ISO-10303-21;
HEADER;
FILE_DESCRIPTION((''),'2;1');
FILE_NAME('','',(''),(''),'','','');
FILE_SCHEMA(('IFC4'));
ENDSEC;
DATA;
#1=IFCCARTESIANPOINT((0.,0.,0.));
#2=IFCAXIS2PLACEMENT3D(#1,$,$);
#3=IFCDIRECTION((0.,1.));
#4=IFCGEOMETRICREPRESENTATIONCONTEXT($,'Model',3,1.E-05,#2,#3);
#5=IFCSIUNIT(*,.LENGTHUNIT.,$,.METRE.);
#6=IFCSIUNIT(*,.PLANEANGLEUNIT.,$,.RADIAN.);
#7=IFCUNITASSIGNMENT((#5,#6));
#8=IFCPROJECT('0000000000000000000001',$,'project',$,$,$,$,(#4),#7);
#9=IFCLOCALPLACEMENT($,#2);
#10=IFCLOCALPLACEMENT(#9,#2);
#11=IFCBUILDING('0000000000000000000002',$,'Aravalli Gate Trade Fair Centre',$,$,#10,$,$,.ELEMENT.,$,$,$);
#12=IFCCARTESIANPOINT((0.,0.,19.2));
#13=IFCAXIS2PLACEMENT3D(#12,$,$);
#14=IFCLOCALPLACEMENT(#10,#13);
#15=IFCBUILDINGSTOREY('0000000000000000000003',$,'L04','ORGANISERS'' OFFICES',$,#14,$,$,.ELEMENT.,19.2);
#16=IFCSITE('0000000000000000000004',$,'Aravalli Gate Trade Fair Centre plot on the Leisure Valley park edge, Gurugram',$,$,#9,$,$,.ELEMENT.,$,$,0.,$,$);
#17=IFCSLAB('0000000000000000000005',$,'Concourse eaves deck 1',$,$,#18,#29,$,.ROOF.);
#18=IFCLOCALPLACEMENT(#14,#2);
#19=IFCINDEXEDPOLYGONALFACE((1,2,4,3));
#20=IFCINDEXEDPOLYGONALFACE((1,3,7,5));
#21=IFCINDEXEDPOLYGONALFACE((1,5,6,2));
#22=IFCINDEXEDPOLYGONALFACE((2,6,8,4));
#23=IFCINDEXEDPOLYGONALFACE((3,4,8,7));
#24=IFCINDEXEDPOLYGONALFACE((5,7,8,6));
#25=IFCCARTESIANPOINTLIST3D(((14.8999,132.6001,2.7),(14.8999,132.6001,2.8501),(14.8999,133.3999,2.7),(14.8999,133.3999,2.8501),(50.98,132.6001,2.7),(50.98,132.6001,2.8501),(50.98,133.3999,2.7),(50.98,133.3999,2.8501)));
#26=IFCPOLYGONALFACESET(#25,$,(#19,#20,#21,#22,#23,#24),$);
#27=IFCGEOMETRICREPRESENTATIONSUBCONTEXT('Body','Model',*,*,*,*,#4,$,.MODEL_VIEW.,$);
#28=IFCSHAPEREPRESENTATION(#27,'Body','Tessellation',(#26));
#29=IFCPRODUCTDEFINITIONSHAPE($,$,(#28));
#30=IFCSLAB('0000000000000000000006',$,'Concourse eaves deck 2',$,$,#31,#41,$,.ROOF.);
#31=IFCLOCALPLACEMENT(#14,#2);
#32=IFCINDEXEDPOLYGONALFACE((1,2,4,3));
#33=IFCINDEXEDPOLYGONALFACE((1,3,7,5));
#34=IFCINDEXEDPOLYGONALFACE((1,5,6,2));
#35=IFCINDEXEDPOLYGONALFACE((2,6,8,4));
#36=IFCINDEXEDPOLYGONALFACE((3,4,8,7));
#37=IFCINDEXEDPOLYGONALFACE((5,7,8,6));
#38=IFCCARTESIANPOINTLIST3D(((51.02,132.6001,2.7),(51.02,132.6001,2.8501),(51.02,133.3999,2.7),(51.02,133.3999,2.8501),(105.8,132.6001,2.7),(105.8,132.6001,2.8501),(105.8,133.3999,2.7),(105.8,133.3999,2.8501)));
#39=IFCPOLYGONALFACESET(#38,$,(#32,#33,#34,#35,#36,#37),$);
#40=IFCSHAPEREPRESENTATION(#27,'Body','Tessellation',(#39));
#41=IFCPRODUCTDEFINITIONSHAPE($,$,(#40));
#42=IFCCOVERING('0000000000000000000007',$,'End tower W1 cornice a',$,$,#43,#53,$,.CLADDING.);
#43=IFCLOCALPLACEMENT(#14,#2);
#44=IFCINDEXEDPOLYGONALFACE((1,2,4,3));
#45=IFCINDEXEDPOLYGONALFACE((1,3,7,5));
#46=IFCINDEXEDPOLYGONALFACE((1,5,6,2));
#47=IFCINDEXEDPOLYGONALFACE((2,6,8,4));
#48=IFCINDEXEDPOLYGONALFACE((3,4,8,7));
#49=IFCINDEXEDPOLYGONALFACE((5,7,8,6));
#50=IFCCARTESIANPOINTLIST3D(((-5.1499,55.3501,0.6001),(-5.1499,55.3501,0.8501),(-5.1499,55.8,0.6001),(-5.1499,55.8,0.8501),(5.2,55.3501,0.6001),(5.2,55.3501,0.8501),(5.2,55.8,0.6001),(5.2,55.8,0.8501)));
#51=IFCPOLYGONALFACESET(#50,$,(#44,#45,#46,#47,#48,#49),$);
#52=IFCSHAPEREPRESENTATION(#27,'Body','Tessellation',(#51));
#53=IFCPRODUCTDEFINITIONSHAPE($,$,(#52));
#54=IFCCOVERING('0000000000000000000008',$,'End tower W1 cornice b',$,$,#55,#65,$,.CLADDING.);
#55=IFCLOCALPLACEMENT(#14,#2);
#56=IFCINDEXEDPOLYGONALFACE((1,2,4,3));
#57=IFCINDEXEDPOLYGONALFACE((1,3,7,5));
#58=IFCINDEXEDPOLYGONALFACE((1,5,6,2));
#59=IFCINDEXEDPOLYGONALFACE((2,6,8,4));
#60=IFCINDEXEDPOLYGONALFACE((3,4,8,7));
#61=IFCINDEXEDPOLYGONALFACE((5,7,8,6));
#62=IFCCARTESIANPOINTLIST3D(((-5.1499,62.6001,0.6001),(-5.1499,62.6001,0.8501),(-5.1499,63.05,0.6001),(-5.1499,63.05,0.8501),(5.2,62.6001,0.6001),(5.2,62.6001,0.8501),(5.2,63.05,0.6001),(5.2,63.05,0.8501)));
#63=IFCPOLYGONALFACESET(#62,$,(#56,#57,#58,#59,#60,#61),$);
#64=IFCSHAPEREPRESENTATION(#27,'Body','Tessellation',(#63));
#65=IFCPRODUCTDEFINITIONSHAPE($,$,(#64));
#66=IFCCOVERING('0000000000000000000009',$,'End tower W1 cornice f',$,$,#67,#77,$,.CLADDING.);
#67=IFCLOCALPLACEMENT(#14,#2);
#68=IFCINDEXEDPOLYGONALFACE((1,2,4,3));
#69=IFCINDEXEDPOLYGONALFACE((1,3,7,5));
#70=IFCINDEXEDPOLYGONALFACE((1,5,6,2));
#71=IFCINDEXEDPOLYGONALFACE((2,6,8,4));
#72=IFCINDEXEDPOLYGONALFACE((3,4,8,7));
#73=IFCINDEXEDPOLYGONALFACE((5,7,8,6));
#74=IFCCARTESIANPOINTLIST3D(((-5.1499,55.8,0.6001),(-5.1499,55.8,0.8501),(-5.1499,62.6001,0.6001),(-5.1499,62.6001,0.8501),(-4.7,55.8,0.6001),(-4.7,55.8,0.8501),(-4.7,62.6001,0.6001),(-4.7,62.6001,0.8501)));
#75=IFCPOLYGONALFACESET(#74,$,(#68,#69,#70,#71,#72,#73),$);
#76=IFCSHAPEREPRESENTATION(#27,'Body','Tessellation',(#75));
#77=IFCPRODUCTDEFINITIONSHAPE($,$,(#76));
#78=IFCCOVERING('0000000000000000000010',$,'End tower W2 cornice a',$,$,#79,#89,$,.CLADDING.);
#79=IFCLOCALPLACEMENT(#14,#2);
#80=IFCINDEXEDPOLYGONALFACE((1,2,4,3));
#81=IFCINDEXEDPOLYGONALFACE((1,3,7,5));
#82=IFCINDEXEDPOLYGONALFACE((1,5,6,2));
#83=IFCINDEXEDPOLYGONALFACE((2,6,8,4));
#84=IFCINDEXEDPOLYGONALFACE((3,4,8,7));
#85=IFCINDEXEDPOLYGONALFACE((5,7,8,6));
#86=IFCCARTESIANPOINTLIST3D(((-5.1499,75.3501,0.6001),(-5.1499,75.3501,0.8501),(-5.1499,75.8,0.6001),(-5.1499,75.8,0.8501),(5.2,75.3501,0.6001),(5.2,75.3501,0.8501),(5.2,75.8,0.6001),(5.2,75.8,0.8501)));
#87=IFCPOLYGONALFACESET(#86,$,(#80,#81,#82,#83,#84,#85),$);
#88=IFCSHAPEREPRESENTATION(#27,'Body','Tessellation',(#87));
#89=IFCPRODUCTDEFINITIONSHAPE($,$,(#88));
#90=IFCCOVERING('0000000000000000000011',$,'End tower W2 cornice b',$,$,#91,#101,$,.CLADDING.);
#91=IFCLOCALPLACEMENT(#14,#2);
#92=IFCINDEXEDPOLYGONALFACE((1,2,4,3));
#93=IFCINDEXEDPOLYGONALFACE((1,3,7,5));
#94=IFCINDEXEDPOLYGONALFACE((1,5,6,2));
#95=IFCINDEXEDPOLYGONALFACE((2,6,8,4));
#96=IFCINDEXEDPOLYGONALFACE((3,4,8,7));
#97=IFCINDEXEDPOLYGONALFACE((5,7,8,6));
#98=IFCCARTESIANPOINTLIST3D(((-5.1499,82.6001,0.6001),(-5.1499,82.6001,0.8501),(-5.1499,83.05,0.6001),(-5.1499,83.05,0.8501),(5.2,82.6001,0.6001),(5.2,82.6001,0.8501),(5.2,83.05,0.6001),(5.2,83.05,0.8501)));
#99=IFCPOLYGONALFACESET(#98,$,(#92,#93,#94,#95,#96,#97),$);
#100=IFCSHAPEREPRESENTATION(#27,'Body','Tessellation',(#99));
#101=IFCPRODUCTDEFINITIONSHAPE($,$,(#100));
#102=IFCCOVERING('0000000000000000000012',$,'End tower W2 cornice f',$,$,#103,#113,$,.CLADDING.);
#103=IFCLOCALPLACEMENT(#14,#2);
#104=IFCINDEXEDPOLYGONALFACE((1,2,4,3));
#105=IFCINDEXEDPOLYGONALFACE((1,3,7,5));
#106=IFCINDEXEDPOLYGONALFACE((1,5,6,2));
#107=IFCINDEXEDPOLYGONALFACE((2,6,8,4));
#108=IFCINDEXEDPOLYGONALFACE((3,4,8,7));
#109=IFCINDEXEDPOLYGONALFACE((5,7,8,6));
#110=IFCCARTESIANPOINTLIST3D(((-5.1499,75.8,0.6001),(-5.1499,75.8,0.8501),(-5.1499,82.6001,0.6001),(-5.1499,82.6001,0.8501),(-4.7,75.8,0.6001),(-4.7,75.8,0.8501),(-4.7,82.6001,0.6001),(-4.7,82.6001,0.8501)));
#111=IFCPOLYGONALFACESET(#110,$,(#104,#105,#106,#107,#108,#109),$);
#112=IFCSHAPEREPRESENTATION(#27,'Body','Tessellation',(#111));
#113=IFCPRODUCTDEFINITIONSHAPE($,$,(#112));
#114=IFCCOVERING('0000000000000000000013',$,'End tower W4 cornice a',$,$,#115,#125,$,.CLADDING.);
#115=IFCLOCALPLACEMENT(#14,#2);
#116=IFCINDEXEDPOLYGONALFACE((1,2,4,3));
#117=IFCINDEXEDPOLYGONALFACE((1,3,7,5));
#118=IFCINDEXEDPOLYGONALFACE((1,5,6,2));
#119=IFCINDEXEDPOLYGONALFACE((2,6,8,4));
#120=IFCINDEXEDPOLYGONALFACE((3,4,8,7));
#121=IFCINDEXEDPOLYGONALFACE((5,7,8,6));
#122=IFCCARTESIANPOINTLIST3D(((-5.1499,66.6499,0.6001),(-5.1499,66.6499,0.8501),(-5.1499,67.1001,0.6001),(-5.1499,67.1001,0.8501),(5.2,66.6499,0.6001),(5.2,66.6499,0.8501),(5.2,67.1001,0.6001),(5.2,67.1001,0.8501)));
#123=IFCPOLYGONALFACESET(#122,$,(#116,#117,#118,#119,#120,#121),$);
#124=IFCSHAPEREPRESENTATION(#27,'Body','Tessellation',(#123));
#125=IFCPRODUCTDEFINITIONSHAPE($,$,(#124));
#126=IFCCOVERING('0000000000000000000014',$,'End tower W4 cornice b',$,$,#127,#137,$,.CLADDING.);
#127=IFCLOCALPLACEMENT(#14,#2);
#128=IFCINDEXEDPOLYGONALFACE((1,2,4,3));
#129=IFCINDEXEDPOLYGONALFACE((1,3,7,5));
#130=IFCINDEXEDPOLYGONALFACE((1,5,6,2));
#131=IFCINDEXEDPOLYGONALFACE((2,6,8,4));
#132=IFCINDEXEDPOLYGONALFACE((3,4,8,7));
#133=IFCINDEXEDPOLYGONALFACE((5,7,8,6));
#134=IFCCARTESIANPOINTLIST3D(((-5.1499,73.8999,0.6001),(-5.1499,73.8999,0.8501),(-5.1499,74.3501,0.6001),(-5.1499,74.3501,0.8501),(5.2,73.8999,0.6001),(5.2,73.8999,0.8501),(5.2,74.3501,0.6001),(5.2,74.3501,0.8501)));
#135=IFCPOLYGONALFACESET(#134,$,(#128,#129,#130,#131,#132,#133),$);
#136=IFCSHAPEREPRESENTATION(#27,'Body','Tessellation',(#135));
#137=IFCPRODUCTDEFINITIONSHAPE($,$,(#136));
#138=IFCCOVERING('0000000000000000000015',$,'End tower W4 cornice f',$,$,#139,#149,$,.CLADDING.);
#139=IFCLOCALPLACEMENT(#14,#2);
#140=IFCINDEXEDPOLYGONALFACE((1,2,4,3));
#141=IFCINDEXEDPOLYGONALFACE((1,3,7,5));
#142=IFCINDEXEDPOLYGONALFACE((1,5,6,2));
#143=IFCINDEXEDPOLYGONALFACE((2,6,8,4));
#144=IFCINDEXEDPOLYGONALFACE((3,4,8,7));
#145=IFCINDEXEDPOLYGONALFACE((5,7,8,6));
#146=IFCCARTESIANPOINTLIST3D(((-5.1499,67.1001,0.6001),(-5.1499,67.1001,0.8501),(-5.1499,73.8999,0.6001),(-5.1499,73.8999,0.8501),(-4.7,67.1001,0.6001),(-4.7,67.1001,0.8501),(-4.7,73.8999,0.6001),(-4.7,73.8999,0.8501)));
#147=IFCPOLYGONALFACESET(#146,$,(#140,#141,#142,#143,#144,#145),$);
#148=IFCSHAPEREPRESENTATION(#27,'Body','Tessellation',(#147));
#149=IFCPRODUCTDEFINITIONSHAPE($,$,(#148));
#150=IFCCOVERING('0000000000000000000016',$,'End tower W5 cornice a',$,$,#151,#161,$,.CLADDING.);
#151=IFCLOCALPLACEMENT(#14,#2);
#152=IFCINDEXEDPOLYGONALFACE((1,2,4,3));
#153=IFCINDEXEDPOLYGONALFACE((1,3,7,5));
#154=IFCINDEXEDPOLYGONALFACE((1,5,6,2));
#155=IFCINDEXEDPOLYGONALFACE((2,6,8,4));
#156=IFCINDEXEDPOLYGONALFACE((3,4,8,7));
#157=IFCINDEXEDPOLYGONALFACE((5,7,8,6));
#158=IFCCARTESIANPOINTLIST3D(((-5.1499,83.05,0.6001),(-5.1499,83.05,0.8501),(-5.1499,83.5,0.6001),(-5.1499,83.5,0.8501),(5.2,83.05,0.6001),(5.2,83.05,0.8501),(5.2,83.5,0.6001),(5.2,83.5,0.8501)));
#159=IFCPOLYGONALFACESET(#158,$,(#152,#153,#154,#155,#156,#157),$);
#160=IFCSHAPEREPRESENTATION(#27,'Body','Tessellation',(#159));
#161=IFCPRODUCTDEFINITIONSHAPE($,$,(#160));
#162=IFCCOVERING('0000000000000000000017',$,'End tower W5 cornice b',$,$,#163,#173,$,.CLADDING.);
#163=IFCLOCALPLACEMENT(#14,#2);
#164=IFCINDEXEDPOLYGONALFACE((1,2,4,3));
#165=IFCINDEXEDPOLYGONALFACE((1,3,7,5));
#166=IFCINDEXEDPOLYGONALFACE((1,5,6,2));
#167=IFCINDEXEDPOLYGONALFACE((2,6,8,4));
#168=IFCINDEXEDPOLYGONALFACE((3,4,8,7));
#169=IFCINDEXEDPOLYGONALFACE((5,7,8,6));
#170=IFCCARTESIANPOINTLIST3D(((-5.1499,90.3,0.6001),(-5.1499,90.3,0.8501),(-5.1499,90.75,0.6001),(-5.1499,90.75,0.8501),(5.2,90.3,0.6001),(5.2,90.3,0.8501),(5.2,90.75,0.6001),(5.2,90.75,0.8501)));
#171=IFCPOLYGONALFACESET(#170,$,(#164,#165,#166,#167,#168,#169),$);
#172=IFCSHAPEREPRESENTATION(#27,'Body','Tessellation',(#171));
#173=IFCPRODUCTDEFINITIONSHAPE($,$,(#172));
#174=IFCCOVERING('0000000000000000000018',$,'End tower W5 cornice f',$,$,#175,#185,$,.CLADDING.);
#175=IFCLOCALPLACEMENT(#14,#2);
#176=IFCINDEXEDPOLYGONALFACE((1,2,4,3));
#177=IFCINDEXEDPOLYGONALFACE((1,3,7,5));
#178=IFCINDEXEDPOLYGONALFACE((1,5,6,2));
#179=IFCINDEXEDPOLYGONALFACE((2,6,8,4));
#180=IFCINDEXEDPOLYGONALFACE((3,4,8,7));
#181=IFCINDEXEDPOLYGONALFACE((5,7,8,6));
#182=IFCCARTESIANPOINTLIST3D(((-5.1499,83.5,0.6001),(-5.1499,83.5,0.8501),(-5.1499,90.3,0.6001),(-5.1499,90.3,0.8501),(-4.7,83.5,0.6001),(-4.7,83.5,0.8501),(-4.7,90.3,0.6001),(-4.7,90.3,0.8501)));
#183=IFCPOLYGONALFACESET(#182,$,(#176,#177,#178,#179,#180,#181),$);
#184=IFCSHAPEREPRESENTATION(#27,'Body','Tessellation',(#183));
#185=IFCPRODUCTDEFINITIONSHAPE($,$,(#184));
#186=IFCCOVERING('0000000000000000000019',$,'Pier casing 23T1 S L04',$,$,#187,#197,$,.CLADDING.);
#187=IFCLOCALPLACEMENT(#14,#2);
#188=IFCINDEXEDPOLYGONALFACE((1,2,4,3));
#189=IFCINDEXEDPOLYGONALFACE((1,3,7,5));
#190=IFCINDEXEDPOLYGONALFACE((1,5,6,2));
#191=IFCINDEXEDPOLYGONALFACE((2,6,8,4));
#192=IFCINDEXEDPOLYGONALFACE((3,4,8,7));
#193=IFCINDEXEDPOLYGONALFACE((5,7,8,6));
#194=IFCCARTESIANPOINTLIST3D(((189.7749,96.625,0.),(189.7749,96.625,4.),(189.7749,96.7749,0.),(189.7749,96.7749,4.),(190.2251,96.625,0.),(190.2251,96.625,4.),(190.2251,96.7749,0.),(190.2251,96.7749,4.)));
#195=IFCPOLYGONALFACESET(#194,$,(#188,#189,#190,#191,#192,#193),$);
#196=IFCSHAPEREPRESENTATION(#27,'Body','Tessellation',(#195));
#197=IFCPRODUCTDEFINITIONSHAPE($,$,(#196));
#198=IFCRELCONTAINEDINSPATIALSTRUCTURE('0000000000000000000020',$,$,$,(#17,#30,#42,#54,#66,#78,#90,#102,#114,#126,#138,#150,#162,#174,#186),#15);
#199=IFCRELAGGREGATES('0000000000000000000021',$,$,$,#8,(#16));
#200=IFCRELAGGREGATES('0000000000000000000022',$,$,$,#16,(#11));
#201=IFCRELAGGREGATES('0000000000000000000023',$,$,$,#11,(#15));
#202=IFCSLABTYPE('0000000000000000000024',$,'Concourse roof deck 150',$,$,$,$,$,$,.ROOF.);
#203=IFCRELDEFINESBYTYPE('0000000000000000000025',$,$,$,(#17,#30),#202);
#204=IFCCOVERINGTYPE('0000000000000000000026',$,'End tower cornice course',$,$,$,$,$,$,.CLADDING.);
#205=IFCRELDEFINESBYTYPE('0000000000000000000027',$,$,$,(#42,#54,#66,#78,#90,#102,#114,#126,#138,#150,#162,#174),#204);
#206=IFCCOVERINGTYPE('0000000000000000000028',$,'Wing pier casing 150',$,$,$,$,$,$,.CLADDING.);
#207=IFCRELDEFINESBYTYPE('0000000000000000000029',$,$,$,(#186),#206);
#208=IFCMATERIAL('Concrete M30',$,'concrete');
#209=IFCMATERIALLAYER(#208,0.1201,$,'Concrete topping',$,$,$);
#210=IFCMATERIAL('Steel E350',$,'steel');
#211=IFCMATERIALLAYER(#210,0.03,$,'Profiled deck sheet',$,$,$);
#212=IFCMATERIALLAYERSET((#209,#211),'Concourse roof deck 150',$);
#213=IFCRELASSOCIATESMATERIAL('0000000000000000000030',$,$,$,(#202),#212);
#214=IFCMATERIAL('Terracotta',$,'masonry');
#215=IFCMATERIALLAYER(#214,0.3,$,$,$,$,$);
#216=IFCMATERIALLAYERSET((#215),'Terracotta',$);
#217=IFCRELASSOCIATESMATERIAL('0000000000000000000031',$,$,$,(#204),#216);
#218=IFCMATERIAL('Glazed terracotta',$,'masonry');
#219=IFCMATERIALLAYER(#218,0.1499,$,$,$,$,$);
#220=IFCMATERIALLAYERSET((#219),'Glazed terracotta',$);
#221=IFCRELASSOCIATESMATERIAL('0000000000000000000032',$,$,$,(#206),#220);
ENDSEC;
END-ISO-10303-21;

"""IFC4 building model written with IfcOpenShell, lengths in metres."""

from ifc_helpers import new_model, si_unit, direction, frame, origin, place, context, subcontext, project, spatial, polyline, outline, extrude, material, layer, layer_set, type_object, element, save


model = new_model("IFC4")

# Units and contexts
model_context = context("Model", 3, precision=1e-05, world=origin(), true_north=direction((0.0, 1.0)))
body_context = subcontext(model_context, "Body", "Model", "MODEL_VIEW")
ifc_project = project(units=[si_unit("LENGTHUNIT", "METRE"), si_unit("PLANEANGLEUNIT", "RADIAN")], contexts=[model_context])

# Site, building, storey
site_placement = place(None, origin())
site = spatial("IfcSite", under=ifc_project, at=site_placement, Name="Aravalli Gate Trade Fair Centre plot on the Leisure Valley park edge, Gurugram", CompositionType="ELEMENT", RefElevation=0.0)
building_placement = place(site_placement, origin())
building = spatial("IfcBuilding", under=site, at=building_placement, Name="Aravalli Gate Trade Fair Centre", CompositionType="ELEMENT")
storey_placement = place(building_placement, frame((0.0, 0.0, 19.2)))
storey = spatial("IfcBuildingStorey", under=building, at=storey_placement, Name="L04", Description="ORGANISERS' OFFICES", CompositionType="ELEMENT", Elevation=19.2)

# Slabs
ifc_material_1 = material(Name="Concrete M30", Category="concrete")
ifc_layer_1 = layer(ifc_material_1, 0.1201, Name="Concrete topping")
ifc_material_2 = material(Name="Steel E350", Category="steel")
ifc_layer_2 = layer(ifc_material_2, 0.03, Name="Profiled deck sheet")
ifc_layer_set_1 = layer_set([ifc_layer_1, ifc_layer_2], Name="Concourse roof deck 150")
slab_type = type_object("IfcSlabType", Name="Concourse roof deck 150", PredefinedType="ROOF", material=ifc_layer_set_1)
slab_1_placement = place(storey_placement, frame((0.0, 0.0, 2.7)))
element("IfcSlab", 1, at=slab_1_placement, inside=storey, type_object=slab_type, Name="Concourse eaves deck 1", PredefinedType="ROOF", context=body_context, shape_type="SweptSolid", body=[
    extrude(outline(polyline([(14.8999, 132.6001), (50.98, 132.6001), (50.98, 133.3999), (14.8999, 133.3999), (14.8999, 132.6001)])), origin(), (0.0, 0.0, 1.0), 0.1501),
])
slab_2_placement = place(storey_placement, frame((0.0, 0.0, 2.7)))
element("IfcSlab", 2, at=slab_2_placement, inside=storey, type_object=slab_type, Name="Concourse eaves deck 2", PredefinedType="ROOF", context=body_context, shape_type="SweptSolid", body=[
    extrude(outline(polyline([(105.8, 133.3999), (51.02, 133.3999), (51.02, 132.6001), (105.8, 132.6001), (105.8, 133.3999)])), origin(), (0.0, 0.0, 1.0), 0.1501),
])

# Coverings
ifc_material_3 = material(Name="Terracotta", Category="masonry")
ifc_layer_3 = layer(ifc_material_3, 0.3)
ifc_layer_set_2 = layer_set([ifc_layer_3], Name="Terracotta")
covering_type_1 = type_object("IfcCoveringType", Name="End tower cornice course", PredefinedType="CLADDING", material=ifc_layer_set_2)
covering_1_placement = place(storey_placement, frame((0.0, 0.0, 0.6001)))
element("IfcCovering", 3, at=covering_1_placement, inside=storey, type_object=covering_type_1, Name="End tower W1 cornice a", PredefinedType="CLADDING", context=body_context, shape_type="SweptSolid", body=[
    extrude(outline(polyline([(5.2, 55.3501), (-5.1499, 55.3501), (-5.1499, 55.8), (5.2, 55.8), (5.2, 55.3501)])), origin(), (0.0, 0.0, 1.0), 0.25),
])
covering_2_placement = place(storey_placement, frame((0.0, 0.0, 0.6001)))
element("IfcCovering", 4, at=covering_2_placement, inside=storey, type_object=covering_type_1, Name="End tower W1 cornice b", PredefinedType="CLADDING", context=body_context, shape_type="SweptSolid", body=[
    extrude(outline(polyline([(5.2, 62.6001), (-5.1499, 62.6001), (-5.1499, 63.05), (5.2, 63.05), (5.2, 62.6001)])), origin(), (0.0, 0.0, 1.0), 0.25),
])
covering_3_placement = place(storey_placement, frame((0.0, 0.0, 0.6001)))
element("IfcCovering", 5, at=covering_3_placement, inside=storey, type_object=covering_type_1, Name="End tower W1 cornice f", PredefinedType="CLADDING", context=body_context, shape_type="SweptSolid", body=[
    extrude(outline(polyline([(-4.7, 55.8), (-5.1499, 55.8), (-5.1499, 62.6001), (-4.7, 62.6001), (-4.7, 55.8)])), origin(), (0.0, 0.0, 1.0), 0.25),
])
covering_4_placement = place(storey_placement, frame((0.0, 0.0, 0.6001)))
element("IfcCovering", 6, at=covering_4_placement, inside=storey, type_object=covering_type_1, Name="End tower W2 cornice a", PredefinedType="CLADDING", context=body_context, shape_type="SweptSolid", body=[
    extrude(outline(polyline([(5.2, 75.3501), (-5.1499, 75.3501), (-5.1499, 75.8), (5.2, 75.8), (5.2, 75.3501)])), origin(), (0.0, 0.0, 1.0), 0.25),
])
covering_5_placement = place(storey_placement, frame((0.0, 0.0, 0.6001)))
element("IfcCovering", 7, at=covering_5_placement, inside=storey, type_object=covering_type_1, Name="End tower W2 cornice b", PredefinedType="CLADDING", context=body_context, shape_type="SweptSolid", body=[
    extrude(outline(polyline([(5.2, 82.6001), (-5.1499, 82.6001), (-5.1499, 83.05), (5.2, 83.05), (5.2, 82.6001)])), origin(), (0.0, 0.0, 1.0), 0.25),
])
covering_6_placement = place(storey_placement, frame((0.0, 0.0, 0.6001)))
element("IfcCovering", 8, at=covering_6_placement, inside=storey, type_object=covering_type_1, Name="End tower W2 cornice f", PredefinedType="CLADDING", context=body_context, shape_type="SweptSolid", body=[
    extrude(outline(polyline([(-4.7, 75.8), (-5.1499, 75.8), (-5.1499, 82.6001), (-4.7, 82.6001), (-4.7, 75.8)])), origin(), (0.0, 0.0, 1.0), 0.25),
])
covering_7_placement = place(storey_placement, frame((0.0, 0.0, 0.6001)))
element("IfcCovering", 9, at=covering_7_placement, inside=storey, type_object=covering_type_1, Name="End tower W4 cornice a", PredefinedType="CLADDING", context=body_context, shape_type="SweptSolid", body=[
    extrude(outline(polyline([(5.2, 66.6499), (-5.1499, 66.6499), (-5.1499, 67.1001), (5.2, 67.1001), (5.2, 66.6499)])), origin(), (0.0, 0.0, 1.0), 0.25),
])
covering_8_placement = place(storey_placement, frame((0.0, 0.0, 0.6001)))
element("IfcCovering", 10, at=covering_8_placement, inside=storey, type_object=covering_type_1, Name="End tower W4 cornice b", PredefinedType="CLADDING", context=body_context, shape_type="SweptSolid", body=[
    extrude(outline(polyline([(5.2, 73.8999), (-5.1499, 73.8999), (-5.1499, 74.3501), (5.2, 74.3501), (5.2, 73.8999)])), origin(), (0.0, 0.0, 1.0), 0.25),
])
covering_9_placement = place(storey_placement, frame((0.0, 0.0, 0.6001)))
element("IfcCovering", 11, at=covering_9_placement, inside=storey, type_object=covering_type_1, Name="End tower W4 cornice f", PredefinedType="CLADDING", context=body_context, shape_type="SweptSolid", body=[
    extrude(outline(polyline([(-4.7, 67.1001), (-5.1499, 67.1001), (-5.1499, 73.8999), (-4.7, 73.8999), (-4.7, 67.1001)])), origin(), (0.0, 0.0, 1.0), 0.25),
])
covering_10_placement = place(storey_placement, frame((0.0, 0.0, 0.6001)))
element("IfcCovering", 12, at=covering_10_placement, inside=storey, type_object=covering_type_1, Name="End tower W5 cornice a", PredefinedType="CLADDING", context=body_context, shape_type="SweptSolid", body=[
    extrude(outline(polyline([(5.2, 83.05), (-5.1499, 83.05), (-5.1499, 83.5), (5.2, 83.5), (5.2, 83.05)])), origin(), (0.0, 0.0, 1.0), 0.25),
])
covering_11_placement = place(storey_placement, frame((0.0, 0.0, 0.6001)))
element("IfcCovering", 13, at=covering_11_placement, inside=storey, type_object=covering_type_1, Name="End tower W5 cornice b", PredefinedType="CLADDING", context=body_context, shape_type="SweptSolid", body=[
    extrude(outline(polyline([(5.2, 90.3), (-5.1499, 90.3), (-5.1499, 90.75), (5.2, 90.75), (5.2, 90.3)])), origin(), (0.0, 0.0, 1.0), 0.25),
])
covering_12_placement = place(storey_placement, frame((0.0, 0.0, 0.6001)))
element("IfcCovering", 14, at=covering_12_placement, inside=storey, type_object=covering_type_1, Name="End tower W5 cornice f", PredefinedType="CLADDING", context=body_context, shape_type="SweptSolid", body=[
    extrude(outline(polyline([(-4.7, 83.5), (-5.1499, 83.5), (-5.1499, 90.3), (-4.7, 90.3), (-4.7, 83.5)])), origin(), (0.0, 0.0, 1.0), 0.25),
])
ifc_material_4 = material(Name="Glazed terracotta", Category="masonry")
ifc_layer_4 = layer(ifc_material_4, 0.1499)
ifc_layer_set_3 = layer_set([ifc_layer_4], Name="Glazed terracotta")
covering_type_2 = type_object("IfcCoveringType", Name="Wing pier casing 150", PredefinedType="CLADDING", material=ifc_layer_set_3)
covering_13_placement = place(storey_placement, origin())
element("IfcCovering", 15, at=covering_13_placement, inside=storey, type_object=covering_type_2, Name="Pier casing 23T1 S L04", PredefinedType="CLADDING", context=body_context, shape_type="SweptSolid", body=[
    extrude(outline(polyline([(189.7749, 96.625), (190.2251, 96.625), (190.2251, 96.7749), (189.7749, 96.7749), (189.7749, 96.625)])), origin(), (0.0, 0.0, 1.0), 4.0),
])

save(model, "model.ifc")
